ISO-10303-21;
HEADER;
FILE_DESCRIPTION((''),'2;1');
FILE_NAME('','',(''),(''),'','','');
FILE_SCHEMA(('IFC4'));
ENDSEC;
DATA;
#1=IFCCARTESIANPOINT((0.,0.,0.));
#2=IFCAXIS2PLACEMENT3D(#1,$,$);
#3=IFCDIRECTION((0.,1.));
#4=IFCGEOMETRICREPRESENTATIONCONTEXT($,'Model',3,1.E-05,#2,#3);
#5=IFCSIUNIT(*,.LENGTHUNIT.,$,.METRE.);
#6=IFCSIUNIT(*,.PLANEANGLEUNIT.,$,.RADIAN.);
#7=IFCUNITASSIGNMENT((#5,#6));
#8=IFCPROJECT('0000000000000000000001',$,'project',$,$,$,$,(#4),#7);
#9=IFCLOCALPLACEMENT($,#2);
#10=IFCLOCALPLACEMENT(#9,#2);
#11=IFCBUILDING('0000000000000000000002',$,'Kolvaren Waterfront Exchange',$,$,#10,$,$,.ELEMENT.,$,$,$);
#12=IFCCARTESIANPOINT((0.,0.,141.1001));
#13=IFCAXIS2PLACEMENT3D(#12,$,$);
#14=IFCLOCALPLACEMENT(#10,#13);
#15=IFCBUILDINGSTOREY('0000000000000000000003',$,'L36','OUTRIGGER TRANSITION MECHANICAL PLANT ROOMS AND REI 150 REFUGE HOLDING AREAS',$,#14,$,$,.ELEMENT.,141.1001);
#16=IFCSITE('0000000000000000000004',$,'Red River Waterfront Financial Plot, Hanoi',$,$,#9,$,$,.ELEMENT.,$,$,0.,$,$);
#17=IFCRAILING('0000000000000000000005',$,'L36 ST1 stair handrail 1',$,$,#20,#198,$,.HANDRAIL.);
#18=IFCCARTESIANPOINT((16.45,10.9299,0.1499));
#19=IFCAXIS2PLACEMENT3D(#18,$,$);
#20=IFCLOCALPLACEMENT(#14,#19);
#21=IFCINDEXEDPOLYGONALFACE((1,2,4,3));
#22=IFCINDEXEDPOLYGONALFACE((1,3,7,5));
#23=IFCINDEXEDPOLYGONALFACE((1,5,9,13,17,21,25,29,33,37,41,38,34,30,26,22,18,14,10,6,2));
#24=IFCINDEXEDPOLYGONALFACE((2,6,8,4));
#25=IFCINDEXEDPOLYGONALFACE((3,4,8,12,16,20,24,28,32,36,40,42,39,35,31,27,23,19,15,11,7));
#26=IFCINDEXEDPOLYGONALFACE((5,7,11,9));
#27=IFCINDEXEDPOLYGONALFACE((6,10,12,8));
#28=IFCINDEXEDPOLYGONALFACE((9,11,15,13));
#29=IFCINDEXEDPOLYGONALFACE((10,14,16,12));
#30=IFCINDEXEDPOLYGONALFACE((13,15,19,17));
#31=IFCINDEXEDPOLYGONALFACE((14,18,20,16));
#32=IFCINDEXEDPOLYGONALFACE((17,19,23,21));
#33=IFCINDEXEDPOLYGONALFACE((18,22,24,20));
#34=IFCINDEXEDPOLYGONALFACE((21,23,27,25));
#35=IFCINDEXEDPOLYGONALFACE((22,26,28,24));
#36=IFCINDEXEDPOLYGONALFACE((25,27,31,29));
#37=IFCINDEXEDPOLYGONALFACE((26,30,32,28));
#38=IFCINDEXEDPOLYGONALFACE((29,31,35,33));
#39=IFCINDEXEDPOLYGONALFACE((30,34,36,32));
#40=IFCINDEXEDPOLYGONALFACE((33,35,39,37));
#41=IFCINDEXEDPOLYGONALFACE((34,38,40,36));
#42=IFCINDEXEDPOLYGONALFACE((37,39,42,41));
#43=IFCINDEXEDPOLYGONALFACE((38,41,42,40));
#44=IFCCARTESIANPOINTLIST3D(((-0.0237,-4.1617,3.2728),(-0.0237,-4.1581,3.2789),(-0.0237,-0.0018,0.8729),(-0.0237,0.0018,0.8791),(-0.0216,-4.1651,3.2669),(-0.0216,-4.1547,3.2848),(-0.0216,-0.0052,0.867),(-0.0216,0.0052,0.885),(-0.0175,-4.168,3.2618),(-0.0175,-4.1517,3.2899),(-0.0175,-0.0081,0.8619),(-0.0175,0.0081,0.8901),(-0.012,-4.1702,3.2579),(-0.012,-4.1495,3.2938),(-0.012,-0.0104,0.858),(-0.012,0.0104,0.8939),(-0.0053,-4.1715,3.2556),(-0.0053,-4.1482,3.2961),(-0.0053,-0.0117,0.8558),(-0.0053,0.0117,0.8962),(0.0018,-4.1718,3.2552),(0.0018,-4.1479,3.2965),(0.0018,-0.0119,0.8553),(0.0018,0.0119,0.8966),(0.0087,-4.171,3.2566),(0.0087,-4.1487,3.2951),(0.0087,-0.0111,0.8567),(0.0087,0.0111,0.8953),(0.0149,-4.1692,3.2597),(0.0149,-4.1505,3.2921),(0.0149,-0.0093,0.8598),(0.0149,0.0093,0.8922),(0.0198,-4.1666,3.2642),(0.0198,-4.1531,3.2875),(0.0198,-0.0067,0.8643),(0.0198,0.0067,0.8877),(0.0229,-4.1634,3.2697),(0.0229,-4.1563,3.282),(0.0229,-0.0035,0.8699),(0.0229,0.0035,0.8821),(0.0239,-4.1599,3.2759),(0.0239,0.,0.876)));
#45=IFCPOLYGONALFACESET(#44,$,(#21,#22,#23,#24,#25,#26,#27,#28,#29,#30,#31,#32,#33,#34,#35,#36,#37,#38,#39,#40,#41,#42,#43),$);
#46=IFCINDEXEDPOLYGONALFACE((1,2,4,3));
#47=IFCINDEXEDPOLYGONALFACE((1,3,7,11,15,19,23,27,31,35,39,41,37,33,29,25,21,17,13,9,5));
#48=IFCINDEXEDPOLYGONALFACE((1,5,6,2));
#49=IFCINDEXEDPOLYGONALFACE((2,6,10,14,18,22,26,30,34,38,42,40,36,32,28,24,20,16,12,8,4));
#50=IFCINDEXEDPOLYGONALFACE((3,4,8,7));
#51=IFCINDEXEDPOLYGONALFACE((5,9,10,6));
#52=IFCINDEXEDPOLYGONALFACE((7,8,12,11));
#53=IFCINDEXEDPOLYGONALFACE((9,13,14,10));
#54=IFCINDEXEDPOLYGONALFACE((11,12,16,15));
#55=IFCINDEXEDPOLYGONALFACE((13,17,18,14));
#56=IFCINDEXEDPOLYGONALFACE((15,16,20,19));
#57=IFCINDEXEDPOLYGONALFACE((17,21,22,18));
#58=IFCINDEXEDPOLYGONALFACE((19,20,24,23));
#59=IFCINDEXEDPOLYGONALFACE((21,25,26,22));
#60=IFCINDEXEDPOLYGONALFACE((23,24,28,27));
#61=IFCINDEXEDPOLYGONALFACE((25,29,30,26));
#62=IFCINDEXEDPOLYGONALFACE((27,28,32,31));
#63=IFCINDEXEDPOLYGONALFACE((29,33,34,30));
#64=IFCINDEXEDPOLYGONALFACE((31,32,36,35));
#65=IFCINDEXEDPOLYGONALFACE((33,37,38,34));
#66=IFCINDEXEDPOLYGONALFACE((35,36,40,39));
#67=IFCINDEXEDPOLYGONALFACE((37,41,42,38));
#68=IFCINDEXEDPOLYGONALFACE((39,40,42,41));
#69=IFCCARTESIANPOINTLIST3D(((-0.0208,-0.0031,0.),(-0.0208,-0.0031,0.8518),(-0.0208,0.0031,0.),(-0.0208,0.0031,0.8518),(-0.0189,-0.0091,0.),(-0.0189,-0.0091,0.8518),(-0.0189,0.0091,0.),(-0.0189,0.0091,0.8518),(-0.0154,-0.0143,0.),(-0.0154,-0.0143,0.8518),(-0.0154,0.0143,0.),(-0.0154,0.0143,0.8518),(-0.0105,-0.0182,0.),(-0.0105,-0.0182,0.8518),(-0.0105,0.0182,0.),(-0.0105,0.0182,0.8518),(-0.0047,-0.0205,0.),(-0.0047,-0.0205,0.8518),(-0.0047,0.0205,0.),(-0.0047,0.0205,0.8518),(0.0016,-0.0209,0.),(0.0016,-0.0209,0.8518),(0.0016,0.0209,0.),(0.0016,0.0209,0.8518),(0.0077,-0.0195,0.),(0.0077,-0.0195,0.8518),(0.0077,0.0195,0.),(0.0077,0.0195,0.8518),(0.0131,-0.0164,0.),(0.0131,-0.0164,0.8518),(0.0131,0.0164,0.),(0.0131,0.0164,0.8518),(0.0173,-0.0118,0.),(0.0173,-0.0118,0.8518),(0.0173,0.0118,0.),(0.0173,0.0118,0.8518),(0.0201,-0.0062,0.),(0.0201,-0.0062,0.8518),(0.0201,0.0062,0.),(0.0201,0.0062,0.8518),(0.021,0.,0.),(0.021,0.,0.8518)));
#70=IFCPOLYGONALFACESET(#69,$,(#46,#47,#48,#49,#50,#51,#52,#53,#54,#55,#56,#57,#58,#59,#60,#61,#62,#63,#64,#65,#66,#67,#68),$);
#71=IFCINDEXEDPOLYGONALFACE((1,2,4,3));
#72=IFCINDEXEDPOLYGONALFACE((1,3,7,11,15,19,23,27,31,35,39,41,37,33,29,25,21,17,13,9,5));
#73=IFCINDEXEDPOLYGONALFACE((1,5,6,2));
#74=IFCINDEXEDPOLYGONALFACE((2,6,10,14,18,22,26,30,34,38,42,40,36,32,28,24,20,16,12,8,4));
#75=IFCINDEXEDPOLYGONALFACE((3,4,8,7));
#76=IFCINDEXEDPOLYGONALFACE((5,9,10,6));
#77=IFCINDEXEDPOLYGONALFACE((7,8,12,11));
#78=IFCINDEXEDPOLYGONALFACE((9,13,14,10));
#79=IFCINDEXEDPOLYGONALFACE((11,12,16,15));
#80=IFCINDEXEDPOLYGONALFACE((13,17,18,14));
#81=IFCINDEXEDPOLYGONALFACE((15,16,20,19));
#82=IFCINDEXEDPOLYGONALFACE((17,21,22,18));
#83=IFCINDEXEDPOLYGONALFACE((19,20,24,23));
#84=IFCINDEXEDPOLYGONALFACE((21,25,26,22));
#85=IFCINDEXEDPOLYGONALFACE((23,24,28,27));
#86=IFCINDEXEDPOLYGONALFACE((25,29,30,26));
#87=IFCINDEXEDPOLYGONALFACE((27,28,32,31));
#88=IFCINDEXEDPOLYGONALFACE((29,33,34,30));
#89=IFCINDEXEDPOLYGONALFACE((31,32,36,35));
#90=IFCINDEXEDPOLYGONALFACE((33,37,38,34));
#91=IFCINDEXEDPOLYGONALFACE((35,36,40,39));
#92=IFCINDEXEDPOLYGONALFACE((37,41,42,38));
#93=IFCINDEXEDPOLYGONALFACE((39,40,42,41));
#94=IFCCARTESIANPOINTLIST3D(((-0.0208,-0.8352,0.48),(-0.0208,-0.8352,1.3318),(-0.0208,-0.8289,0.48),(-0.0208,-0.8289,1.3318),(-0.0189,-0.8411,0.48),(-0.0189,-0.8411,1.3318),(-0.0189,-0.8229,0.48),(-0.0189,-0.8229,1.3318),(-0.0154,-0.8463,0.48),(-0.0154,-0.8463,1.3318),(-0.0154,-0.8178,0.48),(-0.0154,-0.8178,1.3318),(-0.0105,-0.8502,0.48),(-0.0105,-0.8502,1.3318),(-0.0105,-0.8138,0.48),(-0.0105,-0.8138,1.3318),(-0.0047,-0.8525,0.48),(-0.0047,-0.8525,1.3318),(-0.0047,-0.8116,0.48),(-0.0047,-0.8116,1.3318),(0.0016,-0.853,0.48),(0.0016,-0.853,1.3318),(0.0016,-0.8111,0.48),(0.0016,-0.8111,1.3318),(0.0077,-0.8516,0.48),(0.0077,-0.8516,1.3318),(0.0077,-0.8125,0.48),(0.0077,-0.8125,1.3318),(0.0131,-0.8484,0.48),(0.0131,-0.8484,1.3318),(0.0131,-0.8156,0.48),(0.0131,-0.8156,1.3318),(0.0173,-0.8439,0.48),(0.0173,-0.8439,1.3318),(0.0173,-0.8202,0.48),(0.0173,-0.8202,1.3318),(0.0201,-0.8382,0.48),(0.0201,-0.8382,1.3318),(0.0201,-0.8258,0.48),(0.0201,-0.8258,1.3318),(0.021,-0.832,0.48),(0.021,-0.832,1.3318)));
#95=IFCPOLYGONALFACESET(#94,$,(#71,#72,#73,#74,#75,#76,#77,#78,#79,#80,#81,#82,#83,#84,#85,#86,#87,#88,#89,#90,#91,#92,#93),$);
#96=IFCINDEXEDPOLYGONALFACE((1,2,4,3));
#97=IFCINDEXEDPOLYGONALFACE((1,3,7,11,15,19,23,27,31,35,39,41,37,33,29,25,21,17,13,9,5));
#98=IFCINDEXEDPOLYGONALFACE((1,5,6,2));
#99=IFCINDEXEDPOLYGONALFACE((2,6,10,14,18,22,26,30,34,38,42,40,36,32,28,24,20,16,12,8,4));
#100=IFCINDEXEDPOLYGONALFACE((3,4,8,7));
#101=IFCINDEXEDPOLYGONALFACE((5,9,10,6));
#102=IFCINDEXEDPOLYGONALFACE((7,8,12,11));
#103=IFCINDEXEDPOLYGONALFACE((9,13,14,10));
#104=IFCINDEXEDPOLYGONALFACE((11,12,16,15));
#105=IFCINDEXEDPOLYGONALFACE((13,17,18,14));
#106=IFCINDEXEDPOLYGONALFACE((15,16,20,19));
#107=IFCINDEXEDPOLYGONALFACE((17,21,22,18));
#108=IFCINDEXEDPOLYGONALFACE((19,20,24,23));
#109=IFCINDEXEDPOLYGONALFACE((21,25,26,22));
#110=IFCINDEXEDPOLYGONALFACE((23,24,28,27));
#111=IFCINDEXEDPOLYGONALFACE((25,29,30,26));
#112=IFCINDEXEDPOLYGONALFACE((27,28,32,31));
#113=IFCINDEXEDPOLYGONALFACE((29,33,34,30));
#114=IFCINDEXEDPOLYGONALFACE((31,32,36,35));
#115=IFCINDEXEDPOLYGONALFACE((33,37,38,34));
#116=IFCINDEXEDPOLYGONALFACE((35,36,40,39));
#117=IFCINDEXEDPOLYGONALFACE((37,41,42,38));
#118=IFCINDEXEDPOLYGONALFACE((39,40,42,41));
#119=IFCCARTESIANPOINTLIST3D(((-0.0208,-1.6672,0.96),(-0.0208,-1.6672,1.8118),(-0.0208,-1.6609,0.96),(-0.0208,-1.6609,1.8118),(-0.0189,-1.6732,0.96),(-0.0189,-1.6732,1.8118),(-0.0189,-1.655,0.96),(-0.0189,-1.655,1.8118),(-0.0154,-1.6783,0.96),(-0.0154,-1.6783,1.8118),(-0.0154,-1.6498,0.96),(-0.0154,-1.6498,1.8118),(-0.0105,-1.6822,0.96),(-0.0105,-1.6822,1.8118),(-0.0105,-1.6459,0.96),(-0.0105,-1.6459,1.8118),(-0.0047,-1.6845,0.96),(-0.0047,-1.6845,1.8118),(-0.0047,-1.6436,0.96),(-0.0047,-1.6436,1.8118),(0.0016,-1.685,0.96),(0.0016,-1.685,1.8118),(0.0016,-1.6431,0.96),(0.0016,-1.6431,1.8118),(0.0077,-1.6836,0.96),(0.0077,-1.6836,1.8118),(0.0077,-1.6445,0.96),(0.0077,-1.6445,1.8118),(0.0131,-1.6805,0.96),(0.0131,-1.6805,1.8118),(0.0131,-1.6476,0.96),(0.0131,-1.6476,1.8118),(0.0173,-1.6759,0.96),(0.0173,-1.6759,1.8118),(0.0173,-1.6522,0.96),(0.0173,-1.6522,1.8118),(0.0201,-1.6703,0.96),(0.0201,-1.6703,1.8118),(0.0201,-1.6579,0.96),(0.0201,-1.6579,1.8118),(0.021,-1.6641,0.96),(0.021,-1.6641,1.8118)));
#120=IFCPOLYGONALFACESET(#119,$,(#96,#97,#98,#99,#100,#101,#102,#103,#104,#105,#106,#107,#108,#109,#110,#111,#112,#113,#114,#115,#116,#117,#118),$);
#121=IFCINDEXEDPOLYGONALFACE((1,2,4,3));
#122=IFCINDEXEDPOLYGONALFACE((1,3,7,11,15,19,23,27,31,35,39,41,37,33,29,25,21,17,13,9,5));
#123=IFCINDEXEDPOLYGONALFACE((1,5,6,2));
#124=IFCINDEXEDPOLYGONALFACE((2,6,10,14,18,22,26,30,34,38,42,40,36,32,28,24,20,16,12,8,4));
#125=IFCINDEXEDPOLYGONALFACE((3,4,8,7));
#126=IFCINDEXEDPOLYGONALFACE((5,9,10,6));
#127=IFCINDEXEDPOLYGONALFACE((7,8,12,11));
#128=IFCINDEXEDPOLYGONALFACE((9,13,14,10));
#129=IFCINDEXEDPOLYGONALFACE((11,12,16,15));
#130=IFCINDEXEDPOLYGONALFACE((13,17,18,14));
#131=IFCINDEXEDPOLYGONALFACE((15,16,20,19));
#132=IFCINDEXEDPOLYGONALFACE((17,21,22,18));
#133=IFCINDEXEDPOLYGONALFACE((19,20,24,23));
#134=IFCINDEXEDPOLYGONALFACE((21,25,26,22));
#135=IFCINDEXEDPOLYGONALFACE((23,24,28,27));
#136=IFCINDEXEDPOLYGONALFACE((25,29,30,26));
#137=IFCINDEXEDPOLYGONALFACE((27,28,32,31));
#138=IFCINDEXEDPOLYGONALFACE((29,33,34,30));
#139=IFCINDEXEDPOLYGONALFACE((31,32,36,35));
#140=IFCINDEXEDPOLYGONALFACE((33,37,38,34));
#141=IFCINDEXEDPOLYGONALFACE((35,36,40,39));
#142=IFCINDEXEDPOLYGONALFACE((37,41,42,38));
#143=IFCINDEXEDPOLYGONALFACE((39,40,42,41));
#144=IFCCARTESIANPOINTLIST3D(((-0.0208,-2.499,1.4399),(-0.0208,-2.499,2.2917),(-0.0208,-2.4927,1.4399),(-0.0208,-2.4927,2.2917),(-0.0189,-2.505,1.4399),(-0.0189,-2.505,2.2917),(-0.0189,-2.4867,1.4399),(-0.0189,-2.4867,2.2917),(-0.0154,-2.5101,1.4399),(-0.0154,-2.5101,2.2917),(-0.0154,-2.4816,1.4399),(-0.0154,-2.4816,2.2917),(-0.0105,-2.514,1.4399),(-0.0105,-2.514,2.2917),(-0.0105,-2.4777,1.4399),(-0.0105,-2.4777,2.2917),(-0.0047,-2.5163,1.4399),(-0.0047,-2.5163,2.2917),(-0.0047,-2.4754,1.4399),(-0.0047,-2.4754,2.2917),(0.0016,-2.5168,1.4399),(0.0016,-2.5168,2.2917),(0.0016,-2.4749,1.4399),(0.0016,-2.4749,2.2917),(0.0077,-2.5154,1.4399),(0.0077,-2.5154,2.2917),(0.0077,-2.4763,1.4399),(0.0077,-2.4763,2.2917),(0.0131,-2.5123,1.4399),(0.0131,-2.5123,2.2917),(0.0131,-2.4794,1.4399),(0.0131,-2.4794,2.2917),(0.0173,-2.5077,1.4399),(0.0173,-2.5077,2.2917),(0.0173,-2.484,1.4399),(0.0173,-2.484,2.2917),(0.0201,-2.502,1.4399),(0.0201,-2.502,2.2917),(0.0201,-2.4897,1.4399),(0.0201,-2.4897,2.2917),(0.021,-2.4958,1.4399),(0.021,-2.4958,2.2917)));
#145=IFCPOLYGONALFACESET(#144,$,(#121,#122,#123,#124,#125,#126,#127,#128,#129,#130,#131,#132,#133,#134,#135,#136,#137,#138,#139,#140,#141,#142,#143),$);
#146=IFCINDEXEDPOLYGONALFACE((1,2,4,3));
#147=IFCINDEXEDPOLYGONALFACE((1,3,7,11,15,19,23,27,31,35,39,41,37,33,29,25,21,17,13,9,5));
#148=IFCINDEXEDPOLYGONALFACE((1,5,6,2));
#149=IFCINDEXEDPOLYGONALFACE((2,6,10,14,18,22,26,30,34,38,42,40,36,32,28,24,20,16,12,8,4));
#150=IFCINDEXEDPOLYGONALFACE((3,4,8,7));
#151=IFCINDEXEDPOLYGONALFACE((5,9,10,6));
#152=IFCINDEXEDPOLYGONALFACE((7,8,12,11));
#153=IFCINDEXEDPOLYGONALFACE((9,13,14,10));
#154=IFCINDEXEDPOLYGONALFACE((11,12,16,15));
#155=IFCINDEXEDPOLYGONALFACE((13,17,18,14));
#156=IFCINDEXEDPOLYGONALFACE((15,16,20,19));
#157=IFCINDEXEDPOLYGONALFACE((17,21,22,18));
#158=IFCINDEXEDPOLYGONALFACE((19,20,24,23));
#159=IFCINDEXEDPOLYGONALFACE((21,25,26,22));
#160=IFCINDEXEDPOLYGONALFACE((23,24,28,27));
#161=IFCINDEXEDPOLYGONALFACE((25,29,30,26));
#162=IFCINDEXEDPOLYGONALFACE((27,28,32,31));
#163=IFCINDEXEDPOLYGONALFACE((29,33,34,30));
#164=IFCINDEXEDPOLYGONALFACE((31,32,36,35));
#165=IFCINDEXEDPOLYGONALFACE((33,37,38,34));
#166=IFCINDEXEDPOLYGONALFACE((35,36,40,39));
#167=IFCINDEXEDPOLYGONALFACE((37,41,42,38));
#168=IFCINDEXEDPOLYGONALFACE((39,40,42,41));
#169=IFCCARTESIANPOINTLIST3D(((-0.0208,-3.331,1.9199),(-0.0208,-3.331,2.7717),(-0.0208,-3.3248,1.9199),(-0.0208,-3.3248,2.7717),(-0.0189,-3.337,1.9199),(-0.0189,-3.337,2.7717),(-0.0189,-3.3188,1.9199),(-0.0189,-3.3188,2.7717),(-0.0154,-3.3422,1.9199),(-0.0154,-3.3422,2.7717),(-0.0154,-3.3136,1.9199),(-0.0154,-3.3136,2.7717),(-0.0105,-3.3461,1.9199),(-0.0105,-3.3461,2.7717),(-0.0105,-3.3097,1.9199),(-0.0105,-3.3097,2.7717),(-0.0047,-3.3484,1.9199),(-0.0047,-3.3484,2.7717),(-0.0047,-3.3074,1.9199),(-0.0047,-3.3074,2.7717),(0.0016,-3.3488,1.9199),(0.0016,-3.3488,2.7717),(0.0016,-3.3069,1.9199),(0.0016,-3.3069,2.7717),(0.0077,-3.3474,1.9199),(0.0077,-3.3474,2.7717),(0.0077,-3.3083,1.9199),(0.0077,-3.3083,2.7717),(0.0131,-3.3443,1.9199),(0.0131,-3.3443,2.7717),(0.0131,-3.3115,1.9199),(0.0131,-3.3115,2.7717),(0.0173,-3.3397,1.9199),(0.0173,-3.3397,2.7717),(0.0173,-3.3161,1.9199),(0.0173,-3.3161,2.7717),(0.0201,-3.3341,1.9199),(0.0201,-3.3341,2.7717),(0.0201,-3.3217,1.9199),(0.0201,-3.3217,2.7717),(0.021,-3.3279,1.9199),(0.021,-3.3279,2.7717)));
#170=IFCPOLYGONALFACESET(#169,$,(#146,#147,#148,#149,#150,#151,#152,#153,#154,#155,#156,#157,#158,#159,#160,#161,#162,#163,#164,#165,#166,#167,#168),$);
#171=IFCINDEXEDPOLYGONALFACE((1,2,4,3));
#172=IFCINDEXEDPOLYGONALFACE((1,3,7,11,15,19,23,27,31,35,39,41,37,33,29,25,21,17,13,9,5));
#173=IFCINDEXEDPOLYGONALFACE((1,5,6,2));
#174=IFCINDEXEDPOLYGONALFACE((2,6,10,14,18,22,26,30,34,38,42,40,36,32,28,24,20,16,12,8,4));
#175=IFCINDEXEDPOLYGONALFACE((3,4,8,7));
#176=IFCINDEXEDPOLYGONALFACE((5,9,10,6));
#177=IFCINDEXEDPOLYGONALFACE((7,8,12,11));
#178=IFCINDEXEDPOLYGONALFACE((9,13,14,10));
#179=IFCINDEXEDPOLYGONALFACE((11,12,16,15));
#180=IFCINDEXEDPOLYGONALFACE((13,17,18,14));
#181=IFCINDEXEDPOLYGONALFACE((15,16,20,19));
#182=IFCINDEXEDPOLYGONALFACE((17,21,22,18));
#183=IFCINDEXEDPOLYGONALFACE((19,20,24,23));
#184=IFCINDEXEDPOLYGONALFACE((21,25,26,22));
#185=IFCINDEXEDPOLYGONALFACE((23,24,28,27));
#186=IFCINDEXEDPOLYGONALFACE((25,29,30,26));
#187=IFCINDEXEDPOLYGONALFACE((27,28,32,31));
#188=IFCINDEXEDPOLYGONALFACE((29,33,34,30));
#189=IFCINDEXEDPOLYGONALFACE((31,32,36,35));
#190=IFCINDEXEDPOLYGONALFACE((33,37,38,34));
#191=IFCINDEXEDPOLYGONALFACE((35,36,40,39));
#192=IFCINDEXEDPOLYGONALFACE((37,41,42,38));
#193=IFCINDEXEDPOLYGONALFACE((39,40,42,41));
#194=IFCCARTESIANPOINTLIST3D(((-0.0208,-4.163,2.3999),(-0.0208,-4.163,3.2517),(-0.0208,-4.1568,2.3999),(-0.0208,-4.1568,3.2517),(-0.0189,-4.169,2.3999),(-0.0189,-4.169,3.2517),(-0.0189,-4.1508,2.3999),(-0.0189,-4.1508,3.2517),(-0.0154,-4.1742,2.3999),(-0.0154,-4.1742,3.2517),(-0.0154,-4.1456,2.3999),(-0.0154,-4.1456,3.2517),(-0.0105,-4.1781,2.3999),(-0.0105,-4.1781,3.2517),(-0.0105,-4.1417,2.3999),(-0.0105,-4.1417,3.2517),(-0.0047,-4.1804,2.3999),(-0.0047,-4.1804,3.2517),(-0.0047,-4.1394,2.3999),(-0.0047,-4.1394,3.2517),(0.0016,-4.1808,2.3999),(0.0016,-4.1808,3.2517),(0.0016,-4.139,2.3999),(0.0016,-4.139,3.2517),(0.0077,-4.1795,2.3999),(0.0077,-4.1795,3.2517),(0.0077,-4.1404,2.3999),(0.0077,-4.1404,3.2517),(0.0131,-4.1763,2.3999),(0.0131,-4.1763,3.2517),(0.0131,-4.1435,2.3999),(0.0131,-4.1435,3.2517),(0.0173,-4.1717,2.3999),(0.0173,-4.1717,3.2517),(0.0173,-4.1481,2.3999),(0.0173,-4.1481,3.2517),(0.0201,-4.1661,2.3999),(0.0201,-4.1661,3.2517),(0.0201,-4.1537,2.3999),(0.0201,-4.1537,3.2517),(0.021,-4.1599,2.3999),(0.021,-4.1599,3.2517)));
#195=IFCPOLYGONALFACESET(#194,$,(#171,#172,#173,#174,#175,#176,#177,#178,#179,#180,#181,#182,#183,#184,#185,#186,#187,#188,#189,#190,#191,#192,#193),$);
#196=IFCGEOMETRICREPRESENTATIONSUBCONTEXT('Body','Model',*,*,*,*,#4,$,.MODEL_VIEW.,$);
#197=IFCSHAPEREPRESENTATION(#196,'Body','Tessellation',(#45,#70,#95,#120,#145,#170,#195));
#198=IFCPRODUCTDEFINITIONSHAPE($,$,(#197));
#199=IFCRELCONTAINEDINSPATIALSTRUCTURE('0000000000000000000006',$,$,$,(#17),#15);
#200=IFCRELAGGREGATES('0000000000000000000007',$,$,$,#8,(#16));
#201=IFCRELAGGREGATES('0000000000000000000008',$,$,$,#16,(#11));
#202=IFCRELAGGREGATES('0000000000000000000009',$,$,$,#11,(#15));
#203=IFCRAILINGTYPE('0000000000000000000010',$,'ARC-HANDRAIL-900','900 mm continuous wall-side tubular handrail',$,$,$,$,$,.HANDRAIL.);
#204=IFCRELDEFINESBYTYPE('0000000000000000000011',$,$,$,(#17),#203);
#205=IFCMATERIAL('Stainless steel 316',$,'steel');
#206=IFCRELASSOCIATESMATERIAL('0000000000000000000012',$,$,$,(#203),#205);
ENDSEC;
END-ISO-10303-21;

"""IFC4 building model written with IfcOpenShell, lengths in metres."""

from ifc_helpers import new_model, si_unit, direction, frame, origin, origin_2d, place, context, subcontext, project, spatial, circle, extrude, material, type_object, element, save


model = new_model("IFC4")

# Units and contexts
model_context = context("Model", 3, precision=1e-05, world=origin(), true_north=direction((0.0, 1.0)))
body_context = subcontext(model_context, "Body", "Model", "MODEL_VIEW")
ifc_project = project(units=[si_unit("LENGTHUNIT", "METRE"), si_unit("PLANEANGLEUNIT", "RADIAN")], contexts=[model_context])

# Site, building, storey
site_placement = place(None, origin())
site = spatial("IfcSite", under=ifc_project, at=site_placement, Name="Red River Waterfront Financial Plot, Hanoi", CompositionType="ELEMENT", RefElevation=0.0)
building_placement = place(site_placement, origin())
building = spatial("IfcBuilding", under=site, at=building_placement, Name="Kolvaren Waterfront Exchange", CompositionType="ELEMENT")
storey_placement = place(building_placement, frame((0.0, 0.0, 141.1001)))
storey = spatial("IfcBuildingStorey", under=building, at=storey_placement, Name="L36", Description="OUTRIGGER TRANSITION MECHANICAL PLANT ROOMS AND REI 150 REFUGE HOLDING AREAS", CompositionType="ELEMENT", Elevation=141.1001)

# Railing
ifc_material_1 = material(Name="Stainless steel 316", Category="steel")
railing_type_1 = type_object("IfcRailingType", Name="ARC-HANDRAIL-900", Description="900 mm continuous wall-side tubular handrail", PredefinedType="HANDRAIL", material=ifc_material_1)
for number, where, name in (
    (1, (16.45, 10.9299, 0.1499), "L36 ST1 stair handrail 1"),
):
    element("IfcRailing", number, at=place(storey_placement, frame(where)), inside=storey, type_object=railing_type_1, Name=name, PredefinedType="HANDRAIL", context=body_context, shape_type="SweptSolid", body=[
        extrude(circle(Radius=0.0239, at=origin_2d()), frame((0.0, 0.0, 0.876), z_axis=(0.0, -0.86619, 0.499715), x_axis=(1.0, 0.0, 0.0)), (0.0, 0.0, 1.0), 4.8025),
        extrude(circle(Radius=0.021, at=origin_2d()), origin(), (0.0, 0.0, 1.0), 0.8518),
        extrude(circle(Radius=0.021, at=origin_2d()), frame((0.0, -0.832, 0.48)), (0.0, 0.0, 1.0), 0.8518),
        extrude(circle(Radius=0.021, at=origin_2d()), frame((0.0, -1.6641, 0.96)), (0.0, 0.0, 1.0), 0.8518),
        extrude(circle(Radius=0.021, at=origin_2d()), frame((0.0, -2.4958, 1.4399)), (0.0, 0.0, 1.0), 0.8518),
        extrude(circle(Radius=0.021, at=origin_2d()), frame((0.0, -3.3279, 1.9199)), (0.0, 0.0, 1.0), 0.8518),
        extrude(circle(Radius=0.021, at=origin_2d()), frame((0.0, -4.1599, 2.3999)), (0.0, 0.0, 1.0), 0.8518),
    ])

save(model, "model.ifc")
